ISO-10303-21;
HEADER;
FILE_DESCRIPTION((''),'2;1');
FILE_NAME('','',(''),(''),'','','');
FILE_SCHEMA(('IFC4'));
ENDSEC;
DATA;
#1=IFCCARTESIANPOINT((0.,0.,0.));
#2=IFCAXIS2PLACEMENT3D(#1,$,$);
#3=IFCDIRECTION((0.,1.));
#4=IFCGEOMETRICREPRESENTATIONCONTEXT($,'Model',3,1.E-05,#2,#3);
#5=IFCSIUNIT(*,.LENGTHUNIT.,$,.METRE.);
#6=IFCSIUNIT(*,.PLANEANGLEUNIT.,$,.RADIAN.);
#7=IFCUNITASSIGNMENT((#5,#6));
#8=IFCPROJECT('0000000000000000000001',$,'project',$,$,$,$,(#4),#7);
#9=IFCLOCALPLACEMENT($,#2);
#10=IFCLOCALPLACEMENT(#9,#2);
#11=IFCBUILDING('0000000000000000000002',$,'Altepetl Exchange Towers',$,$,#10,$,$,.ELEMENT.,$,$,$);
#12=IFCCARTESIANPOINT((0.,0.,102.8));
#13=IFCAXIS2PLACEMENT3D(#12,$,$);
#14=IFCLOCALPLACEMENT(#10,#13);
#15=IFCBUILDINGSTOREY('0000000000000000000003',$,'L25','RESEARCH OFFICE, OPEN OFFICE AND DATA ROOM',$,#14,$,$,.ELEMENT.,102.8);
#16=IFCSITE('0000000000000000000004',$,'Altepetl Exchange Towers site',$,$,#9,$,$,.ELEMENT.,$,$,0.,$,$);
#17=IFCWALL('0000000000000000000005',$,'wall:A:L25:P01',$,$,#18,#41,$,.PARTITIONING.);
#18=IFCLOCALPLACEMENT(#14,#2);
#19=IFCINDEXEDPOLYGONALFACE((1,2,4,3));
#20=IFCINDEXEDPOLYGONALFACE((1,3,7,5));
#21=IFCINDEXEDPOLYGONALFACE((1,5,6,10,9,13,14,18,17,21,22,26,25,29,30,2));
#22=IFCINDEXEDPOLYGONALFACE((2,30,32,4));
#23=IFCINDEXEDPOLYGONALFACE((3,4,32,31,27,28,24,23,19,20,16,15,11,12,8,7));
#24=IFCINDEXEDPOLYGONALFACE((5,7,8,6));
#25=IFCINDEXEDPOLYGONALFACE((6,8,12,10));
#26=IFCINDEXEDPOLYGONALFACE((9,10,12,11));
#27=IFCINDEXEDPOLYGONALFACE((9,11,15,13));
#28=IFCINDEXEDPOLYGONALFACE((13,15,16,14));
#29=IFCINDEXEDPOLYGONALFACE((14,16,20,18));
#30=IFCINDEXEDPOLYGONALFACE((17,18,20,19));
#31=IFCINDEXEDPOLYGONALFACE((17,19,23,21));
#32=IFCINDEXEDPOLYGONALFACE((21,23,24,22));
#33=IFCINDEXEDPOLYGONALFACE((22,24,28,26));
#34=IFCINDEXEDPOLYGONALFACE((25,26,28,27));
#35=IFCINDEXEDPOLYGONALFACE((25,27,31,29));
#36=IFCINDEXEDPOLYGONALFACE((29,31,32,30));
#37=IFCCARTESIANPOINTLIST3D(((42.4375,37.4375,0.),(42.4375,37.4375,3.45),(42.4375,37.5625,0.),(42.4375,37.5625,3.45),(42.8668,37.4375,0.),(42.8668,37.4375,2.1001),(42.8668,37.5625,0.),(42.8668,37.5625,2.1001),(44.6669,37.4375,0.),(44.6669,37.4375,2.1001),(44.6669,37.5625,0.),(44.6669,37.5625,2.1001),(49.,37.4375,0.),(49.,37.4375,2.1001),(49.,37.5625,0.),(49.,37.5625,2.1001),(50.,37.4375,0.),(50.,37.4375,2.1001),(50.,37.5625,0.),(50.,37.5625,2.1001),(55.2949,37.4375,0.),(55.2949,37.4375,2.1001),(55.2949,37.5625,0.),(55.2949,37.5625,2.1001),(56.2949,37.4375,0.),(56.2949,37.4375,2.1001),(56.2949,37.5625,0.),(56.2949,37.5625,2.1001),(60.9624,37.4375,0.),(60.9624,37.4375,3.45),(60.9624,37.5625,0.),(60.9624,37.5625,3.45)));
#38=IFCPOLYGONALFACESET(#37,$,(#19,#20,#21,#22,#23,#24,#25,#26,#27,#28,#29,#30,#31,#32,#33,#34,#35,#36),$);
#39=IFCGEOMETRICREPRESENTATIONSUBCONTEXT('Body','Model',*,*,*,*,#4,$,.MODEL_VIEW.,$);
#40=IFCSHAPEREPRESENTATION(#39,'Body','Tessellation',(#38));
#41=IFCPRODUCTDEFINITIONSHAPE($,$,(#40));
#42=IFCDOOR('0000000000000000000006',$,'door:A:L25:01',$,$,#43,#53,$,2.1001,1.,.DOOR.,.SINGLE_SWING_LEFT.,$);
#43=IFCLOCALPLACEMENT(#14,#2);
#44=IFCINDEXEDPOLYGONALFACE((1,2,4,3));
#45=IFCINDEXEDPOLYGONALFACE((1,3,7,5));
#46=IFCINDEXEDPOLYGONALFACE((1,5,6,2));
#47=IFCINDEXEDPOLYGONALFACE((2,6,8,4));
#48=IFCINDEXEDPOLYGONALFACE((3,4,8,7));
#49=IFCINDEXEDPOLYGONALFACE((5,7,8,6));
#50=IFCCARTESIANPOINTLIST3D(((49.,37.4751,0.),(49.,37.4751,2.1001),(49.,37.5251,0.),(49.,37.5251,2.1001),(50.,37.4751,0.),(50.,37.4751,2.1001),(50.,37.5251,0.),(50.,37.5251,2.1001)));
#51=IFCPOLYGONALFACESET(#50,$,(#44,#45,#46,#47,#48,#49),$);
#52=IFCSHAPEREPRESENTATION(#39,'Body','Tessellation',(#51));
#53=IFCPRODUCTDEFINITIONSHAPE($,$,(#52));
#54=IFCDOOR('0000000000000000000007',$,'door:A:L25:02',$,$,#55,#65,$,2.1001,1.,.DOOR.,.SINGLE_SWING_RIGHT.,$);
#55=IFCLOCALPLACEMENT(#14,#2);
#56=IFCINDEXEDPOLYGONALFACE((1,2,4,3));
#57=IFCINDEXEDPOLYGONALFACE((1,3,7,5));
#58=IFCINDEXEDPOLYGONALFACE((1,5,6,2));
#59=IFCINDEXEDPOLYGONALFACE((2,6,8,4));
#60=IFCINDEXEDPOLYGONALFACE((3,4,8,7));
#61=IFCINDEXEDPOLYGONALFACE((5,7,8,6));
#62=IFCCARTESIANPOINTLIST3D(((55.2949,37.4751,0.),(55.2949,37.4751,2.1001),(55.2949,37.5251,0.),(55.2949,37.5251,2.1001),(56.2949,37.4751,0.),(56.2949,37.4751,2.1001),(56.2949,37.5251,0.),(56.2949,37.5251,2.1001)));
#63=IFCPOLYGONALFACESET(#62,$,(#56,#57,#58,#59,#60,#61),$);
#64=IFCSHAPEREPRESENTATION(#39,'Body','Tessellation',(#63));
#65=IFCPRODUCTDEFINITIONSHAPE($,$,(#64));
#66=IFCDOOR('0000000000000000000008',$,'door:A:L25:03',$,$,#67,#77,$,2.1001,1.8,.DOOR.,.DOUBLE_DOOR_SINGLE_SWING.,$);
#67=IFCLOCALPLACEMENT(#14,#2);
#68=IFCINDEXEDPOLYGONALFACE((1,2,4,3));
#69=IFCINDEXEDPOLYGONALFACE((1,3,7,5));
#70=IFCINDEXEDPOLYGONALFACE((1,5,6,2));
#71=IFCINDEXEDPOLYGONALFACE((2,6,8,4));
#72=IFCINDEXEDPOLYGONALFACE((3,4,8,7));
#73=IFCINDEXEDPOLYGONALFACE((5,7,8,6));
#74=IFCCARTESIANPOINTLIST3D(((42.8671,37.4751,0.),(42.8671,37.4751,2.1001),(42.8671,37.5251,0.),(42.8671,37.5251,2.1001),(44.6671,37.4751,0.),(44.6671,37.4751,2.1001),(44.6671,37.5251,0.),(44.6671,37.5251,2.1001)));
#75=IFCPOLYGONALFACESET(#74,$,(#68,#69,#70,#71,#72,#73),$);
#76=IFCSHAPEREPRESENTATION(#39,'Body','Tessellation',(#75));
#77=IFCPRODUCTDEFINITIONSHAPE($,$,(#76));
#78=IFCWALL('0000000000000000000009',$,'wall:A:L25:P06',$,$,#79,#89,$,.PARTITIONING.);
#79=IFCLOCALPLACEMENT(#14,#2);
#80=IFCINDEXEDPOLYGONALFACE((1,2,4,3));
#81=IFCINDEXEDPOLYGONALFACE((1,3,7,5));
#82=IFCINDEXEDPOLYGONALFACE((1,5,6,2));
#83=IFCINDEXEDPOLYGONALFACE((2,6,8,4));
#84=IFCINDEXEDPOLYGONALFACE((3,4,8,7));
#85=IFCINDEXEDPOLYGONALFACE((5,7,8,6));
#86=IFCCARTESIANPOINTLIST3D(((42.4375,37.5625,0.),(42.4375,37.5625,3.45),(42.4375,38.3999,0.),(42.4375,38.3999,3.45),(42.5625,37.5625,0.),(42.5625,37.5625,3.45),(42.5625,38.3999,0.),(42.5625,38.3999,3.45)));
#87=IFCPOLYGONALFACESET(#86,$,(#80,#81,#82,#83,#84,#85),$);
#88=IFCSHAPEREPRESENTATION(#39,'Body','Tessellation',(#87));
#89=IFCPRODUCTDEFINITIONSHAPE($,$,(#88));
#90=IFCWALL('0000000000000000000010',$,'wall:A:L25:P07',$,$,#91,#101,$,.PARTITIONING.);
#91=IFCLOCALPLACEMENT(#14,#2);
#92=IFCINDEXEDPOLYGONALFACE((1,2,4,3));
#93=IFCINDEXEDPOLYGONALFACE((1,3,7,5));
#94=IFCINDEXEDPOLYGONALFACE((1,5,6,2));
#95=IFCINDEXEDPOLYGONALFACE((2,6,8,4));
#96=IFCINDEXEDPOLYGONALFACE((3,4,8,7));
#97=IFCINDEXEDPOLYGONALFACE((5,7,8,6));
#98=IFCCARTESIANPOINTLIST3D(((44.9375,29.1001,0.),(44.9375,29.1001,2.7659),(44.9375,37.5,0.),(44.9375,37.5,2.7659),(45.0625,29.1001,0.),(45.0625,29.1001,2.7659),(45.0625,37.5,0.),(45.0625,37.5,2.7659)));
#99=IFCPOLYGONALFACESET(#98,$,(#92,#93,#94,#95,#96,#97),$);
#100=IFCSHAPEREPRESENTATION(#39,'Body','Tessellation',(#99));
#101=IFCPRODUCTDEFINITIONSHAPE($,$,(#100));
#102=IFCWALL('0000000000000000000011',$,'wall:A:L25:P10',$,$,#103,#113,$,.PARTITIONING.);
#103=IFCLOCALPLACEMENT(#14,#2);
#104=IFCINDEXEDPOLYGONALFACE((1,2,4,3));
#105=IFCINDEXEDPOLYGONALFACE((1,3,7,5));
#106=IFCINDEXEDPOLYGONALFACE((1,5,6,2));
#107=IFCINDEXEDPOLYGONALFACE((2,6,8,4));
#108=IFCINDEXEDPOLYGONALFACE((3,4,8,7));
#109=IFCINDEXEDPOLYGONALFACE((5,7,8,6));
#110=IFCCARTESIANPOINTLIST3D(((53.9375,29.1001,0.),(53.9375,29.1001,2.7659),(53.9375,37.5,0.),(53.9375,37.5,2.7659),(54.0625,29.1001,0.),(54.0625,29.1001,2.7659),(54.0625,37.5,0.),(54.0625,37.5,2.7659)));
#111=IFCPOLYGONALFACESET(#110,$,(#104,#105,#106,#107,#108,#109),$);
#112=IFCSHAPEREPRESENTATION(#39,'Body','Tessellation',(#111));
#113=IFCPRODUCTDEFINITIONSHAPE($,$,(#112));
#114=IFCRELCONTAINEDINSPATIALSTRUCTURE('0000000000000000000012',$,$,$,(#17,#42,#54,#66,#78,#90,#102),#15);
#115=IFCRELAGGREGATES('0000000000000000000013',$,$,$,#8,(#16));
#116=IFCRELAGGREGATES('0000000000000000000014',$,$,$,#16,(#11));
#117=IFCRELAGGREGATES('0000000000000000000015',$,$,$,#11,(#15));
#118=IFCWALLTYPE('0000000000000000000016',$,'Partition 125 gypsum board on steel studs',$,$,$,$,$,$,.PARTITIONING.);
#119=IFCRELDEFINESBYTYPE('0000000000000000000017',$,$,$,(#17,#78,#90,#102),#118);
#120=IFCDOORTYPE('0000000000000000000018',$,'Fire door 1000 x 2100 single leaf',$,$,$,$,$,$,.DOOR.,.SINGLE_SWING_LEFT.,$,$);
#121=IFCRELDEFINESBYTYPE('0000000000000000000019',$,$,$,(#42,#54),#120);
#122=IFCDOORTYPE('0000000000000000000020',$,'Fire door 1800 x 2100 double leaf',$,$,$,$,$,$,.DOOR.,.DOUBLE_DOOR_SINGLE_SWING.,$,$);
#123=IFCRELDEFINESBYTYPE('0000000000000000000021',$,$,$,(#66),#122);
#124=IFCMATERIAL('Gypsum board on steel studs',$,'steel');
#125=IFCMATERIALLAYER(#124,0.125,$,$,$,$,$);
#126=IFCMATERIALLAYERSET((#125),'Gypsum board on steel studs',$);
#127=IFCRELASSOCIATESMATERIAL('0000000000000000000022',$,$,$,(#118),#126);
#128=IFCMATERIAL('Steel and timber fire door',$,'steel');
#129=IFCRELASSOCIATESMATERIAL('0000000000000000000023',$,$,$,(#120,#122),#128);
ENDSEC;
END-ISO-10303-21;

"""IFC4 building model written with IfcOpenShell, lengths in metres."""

from ifc_helpers import new_model, si_unit, direction, frame, frame_2d, origin, place, context, subcontext, project, spatial, rectangle, extrude, material, layer, layer_set, type_object, element, fill, save


model = new_model("IFC4")

# Units and contexts
model_context = context("Model", 3, precision=1e-05, world=origin(), true_north=direction((0.0, 1.0)))
body_context = subcontext(model_context, "Body", "Model", "MODEL_VIEW")
ifc_project = project(units=[si_unit("LENGTHUNIT", "METRE"), si_unit("PLANEANGLEUNIT", "RADIAN")], contexts=[model_context])

# Site, building, storey
site_placement = place(None, origin())
site = spatial("IfcSite", under=ifc_project, at=site_placement, Name="Altepetl Exchange Towers site", CompositionType="ELEMENT", RefElevation=0.0)
building_placement = place(site_placement, origin())
building = spatial("IfcBuilding", under=site, at=building_placement, Name="Altepetl Exchange Towers", CompositionType="ELEMENT")
storey_placement = place(building_placement, frame((0.0, 0.0, 102.8)))
storey = spatial("IfcBuildingStorey", under=building, at=storey_placement, Name="L25", Description="RESEARCH OFFICE, OPEN OFFICE AND DATA ROOM", CompositionType="ELEMENT", Elevation=102.8)

# Wall, openings, doors
ifc_material_1 = material(Name="Gypsum board on steel studs", Category="steel")
ifc_layer_1 = layer(ifc_material_1, 0.125)
ifc_layer_set_1 = layer_set([ifc_layer_1], Name="Gypsum board on steel studs")
wall_type_1 = type_object("IfcWallType", Name="Partition 125 gypsum board on steel studs", PredefinedType="PARTITIONING", material=ifc_layer_set_1)
wall_1_placement = place(storey_placement, frame((42.4375, 37.5, 0.0)))
wall_1 = element("IfcWall", 1, at=wall_1_placement, inside=storey, type_object=wall_type_1, Name="wall:A:L25:P01", PredefinedType="PARTITIONING", context=body_context, shape_type="SweptSolid", body=[
    extrude(rectangle(XDim=18.5249, YDim=0.125, at=frame_2d((9.2625, 0.0))), origin(), (0.0, 0.0, 1.0), 3.45),
])
opening_1_placement = place(wall_1_placement, frame((6.5625, 0.0, 0.0)))
opening_1 = element("IfcOpeningElement", 2, at=opening_1_placement, cuts=wall_1, PredefinedType="OPENING", context=body_context, shape_type="SweptSolid", body=[
    extrude(rectangle(XDim=1.0, YDim=2.1001, at=frame_2d((0.5, 1.05))), frame((0.0, 0.0725, 0.0), z_axis=(0.0, -1.0, 0.0), x_axis=(1.0, 0.0, 0.0)), (0.0, 0.0, 1.0), 0.145),
])
opening_2_placement = place(wall_1_placement, frame((12.8574, 0.0, 0.0)))
opening_2 = element("IfcOpeningElement", 3, at=opening_2_placement, cuts=wall_1, PredefinedType="OPENING", context=body_context, shape_type="SweptSolid", body=[
    extrude(rectangle(XDim=1.0, YDim=2.1001, at=frame_2d((0.5, 1.05))), frame((0.0, 0.0725, 0.0), z_axis=(0.0, -1.0, 0.0), x_axis=(1.0, 0.0, 0.0)), (0.0, 0.0, 1.0), 0.145),
])
opening_3_placement = place(wall_1_placement, frame((0.4294, 0.0, 0.0)))
opening_3 = element("IfcOpeningElement", 4, at=opening_3_placement, cuts=wall_1, PredefinedType="OPENING", context=body_context, shape_type="SweptSolid", body=[
    extrude(rectangle(XDim=1.8, YDim=2.1001, at=frame_2d((0.8999, 1.05))), frame((0.0, 0.0725, 0.0), z_axis=(0.0, -1.0, 0.0), x_axis=(1.0, 0.0, 0.0)), (0.0, 0.0, 1.0), 0.145),
])
ifc_material_2 = material(Name="Steel and timber fire door", Category="steel")
door_type_1 = type_object("IfcDoorType", Name="Fire door 1000 x 2100 single leaf", OperationType="SINGLE_SWING_LEFT", PredefinedType="DOOR", material=ifc_material_2)
door_1_placement = place(opening_1_placement, frame((1.0, 0.0, 0.0), x_axis=(-1.0, 0.0, 0.0)))
door_1 = element("IfcDoor", 5, at=door_1_placement, inside=storey, type_object=door_type_1, Name="door:A:L25:01", OperationType="SINGLE_SWING_LEFT", OverallHeight=2.1001, OverallWidth=1.0, PredefinedType="DOOR", context=body_context, shape_type="SweptSolid", body=[
    extrude(rectangle(XDim=1.0, YDim=2.1001, at=frame_2d((0.5, 1.05))), frame((0.0, 0.0249, 0.0), z_axis=(0.0, -1.0, 0.0), x_axis=(1.0, 0.0, 0.0)), (0.0, 0.0, 1.0), 0.05),
])
fill(opening_1, door_1)
door_2_placement = place(opening_2_placement, frame((1.0, 0.0, 0.0), x_axis=(-1.0, 0.0, 0.0)))
door_2 = element("IfcDoor", 6, at=door_2_placement, inside=storey, type_object=door_type_1, Name="door:A:L25:02", OperationType="SINGLE_SWING_RIGHT", OverallHeight=2.1001, OverallWidth=1.0, PredefinedType="DOOR", context=body_context, shape_type="SweptSolid", body=[
    extrude(rectangle(XDim=1.0, YDim=2.1001, at=frame_2d((0.5, 1.05))), frame((0.0, 0.0249, 0.0), z_axis=(0.0, -1.0, 0.0), x_axis=(1.0, 0.0, 0.0)), (0.0, 0.0, 1.0), 0.05),
])
fill(opening_2, door_2)
door_type_2 = type_object("IfcDoorType", Name="Fire door 1800 x 2100 double leaf", OperationType="DOUBLE_DOOR_SINGLE_SWING", PredefinedType="DOOR", material=ifc_material_2)
door_3_placement = place(opening_3_placement, frame((1.8, 0.0, 0.0), x_axis=(-1.0, 0.0, 0.0)))
door_3 = element("IfcDoor", 7, at=door_3_placement, inside=storey, type_object=door_type_2, Name="door:A:L25:03", OperationType="DOUBLE_DOOR_SINGLE_SWING", OverallHeight=2.1001, OverallWidth=1.8, PredefinedType="DOOR", context=body_context, shape_type="SweptSolid", body=[
    extrude(rectangle(XDim=1.8, YDim=2.1001, at=frame_2d((0.8999, 1.05))), frame((0.0, 0.0249, 0.0), z_axis=(0.0, -1.0, 0.0), x_axis=(1.0, 0.0, 0.0)), (0.0, 0.0, 1.0), 0.05),
])
fill(opening_3, door_3)

# Walls
wall_2_placement = place(storey_placement, frame((42.5, 37.5625, 0.0), z_axis=(0.0, 0.0, 1.0), x_axis=(0.0, 1.0, 0.0)))
element("IfcWall", 8, at=wall_2_placement, inside=storey, type_object=wall_type_1, Name="wall:A:L25:P06", PredefinedType="PARTITIONING", context=body_context, shape_type="SweptSolid", body=[
    extrude(rectangle(XDim=0.8374, YDim=0.125, at=frame_2d((0.4187, 0.0))), origin(), (0.0, 0.0, 1.0), 3.45),
])
for number, where, z_axis, x_axis, name in (
    (9, (45.0, 29.1001, 0.0), (0.0, 0.0, 1.0), (0.0, 1.0, 0.0), "wall:A:L25:P07"),
    (10, (54.0, 29.1001, 0.0), (0.0, 0.0, 1.0), (0.0, 1.0, 0.0), "wall:A:L25:P10"),
):
    element("IfcWall", number, at=place(storey_placement, frame(where, z_axis=z_axis, x_axis=x_axis)), inside=storey, type_object=wall_type_1, Name=name, PredefinedType="PARTITIONING", context=body_context, shape_type="SweptSolid", body=[
        extrude(rectangle(XDim=8.3999, YDim=0.125, at=frame_2d((4.2, 0.0))), origin(), (0.0, 0.0, 1.0), 2.7659),
    ])

save(model, "model.ifc")
